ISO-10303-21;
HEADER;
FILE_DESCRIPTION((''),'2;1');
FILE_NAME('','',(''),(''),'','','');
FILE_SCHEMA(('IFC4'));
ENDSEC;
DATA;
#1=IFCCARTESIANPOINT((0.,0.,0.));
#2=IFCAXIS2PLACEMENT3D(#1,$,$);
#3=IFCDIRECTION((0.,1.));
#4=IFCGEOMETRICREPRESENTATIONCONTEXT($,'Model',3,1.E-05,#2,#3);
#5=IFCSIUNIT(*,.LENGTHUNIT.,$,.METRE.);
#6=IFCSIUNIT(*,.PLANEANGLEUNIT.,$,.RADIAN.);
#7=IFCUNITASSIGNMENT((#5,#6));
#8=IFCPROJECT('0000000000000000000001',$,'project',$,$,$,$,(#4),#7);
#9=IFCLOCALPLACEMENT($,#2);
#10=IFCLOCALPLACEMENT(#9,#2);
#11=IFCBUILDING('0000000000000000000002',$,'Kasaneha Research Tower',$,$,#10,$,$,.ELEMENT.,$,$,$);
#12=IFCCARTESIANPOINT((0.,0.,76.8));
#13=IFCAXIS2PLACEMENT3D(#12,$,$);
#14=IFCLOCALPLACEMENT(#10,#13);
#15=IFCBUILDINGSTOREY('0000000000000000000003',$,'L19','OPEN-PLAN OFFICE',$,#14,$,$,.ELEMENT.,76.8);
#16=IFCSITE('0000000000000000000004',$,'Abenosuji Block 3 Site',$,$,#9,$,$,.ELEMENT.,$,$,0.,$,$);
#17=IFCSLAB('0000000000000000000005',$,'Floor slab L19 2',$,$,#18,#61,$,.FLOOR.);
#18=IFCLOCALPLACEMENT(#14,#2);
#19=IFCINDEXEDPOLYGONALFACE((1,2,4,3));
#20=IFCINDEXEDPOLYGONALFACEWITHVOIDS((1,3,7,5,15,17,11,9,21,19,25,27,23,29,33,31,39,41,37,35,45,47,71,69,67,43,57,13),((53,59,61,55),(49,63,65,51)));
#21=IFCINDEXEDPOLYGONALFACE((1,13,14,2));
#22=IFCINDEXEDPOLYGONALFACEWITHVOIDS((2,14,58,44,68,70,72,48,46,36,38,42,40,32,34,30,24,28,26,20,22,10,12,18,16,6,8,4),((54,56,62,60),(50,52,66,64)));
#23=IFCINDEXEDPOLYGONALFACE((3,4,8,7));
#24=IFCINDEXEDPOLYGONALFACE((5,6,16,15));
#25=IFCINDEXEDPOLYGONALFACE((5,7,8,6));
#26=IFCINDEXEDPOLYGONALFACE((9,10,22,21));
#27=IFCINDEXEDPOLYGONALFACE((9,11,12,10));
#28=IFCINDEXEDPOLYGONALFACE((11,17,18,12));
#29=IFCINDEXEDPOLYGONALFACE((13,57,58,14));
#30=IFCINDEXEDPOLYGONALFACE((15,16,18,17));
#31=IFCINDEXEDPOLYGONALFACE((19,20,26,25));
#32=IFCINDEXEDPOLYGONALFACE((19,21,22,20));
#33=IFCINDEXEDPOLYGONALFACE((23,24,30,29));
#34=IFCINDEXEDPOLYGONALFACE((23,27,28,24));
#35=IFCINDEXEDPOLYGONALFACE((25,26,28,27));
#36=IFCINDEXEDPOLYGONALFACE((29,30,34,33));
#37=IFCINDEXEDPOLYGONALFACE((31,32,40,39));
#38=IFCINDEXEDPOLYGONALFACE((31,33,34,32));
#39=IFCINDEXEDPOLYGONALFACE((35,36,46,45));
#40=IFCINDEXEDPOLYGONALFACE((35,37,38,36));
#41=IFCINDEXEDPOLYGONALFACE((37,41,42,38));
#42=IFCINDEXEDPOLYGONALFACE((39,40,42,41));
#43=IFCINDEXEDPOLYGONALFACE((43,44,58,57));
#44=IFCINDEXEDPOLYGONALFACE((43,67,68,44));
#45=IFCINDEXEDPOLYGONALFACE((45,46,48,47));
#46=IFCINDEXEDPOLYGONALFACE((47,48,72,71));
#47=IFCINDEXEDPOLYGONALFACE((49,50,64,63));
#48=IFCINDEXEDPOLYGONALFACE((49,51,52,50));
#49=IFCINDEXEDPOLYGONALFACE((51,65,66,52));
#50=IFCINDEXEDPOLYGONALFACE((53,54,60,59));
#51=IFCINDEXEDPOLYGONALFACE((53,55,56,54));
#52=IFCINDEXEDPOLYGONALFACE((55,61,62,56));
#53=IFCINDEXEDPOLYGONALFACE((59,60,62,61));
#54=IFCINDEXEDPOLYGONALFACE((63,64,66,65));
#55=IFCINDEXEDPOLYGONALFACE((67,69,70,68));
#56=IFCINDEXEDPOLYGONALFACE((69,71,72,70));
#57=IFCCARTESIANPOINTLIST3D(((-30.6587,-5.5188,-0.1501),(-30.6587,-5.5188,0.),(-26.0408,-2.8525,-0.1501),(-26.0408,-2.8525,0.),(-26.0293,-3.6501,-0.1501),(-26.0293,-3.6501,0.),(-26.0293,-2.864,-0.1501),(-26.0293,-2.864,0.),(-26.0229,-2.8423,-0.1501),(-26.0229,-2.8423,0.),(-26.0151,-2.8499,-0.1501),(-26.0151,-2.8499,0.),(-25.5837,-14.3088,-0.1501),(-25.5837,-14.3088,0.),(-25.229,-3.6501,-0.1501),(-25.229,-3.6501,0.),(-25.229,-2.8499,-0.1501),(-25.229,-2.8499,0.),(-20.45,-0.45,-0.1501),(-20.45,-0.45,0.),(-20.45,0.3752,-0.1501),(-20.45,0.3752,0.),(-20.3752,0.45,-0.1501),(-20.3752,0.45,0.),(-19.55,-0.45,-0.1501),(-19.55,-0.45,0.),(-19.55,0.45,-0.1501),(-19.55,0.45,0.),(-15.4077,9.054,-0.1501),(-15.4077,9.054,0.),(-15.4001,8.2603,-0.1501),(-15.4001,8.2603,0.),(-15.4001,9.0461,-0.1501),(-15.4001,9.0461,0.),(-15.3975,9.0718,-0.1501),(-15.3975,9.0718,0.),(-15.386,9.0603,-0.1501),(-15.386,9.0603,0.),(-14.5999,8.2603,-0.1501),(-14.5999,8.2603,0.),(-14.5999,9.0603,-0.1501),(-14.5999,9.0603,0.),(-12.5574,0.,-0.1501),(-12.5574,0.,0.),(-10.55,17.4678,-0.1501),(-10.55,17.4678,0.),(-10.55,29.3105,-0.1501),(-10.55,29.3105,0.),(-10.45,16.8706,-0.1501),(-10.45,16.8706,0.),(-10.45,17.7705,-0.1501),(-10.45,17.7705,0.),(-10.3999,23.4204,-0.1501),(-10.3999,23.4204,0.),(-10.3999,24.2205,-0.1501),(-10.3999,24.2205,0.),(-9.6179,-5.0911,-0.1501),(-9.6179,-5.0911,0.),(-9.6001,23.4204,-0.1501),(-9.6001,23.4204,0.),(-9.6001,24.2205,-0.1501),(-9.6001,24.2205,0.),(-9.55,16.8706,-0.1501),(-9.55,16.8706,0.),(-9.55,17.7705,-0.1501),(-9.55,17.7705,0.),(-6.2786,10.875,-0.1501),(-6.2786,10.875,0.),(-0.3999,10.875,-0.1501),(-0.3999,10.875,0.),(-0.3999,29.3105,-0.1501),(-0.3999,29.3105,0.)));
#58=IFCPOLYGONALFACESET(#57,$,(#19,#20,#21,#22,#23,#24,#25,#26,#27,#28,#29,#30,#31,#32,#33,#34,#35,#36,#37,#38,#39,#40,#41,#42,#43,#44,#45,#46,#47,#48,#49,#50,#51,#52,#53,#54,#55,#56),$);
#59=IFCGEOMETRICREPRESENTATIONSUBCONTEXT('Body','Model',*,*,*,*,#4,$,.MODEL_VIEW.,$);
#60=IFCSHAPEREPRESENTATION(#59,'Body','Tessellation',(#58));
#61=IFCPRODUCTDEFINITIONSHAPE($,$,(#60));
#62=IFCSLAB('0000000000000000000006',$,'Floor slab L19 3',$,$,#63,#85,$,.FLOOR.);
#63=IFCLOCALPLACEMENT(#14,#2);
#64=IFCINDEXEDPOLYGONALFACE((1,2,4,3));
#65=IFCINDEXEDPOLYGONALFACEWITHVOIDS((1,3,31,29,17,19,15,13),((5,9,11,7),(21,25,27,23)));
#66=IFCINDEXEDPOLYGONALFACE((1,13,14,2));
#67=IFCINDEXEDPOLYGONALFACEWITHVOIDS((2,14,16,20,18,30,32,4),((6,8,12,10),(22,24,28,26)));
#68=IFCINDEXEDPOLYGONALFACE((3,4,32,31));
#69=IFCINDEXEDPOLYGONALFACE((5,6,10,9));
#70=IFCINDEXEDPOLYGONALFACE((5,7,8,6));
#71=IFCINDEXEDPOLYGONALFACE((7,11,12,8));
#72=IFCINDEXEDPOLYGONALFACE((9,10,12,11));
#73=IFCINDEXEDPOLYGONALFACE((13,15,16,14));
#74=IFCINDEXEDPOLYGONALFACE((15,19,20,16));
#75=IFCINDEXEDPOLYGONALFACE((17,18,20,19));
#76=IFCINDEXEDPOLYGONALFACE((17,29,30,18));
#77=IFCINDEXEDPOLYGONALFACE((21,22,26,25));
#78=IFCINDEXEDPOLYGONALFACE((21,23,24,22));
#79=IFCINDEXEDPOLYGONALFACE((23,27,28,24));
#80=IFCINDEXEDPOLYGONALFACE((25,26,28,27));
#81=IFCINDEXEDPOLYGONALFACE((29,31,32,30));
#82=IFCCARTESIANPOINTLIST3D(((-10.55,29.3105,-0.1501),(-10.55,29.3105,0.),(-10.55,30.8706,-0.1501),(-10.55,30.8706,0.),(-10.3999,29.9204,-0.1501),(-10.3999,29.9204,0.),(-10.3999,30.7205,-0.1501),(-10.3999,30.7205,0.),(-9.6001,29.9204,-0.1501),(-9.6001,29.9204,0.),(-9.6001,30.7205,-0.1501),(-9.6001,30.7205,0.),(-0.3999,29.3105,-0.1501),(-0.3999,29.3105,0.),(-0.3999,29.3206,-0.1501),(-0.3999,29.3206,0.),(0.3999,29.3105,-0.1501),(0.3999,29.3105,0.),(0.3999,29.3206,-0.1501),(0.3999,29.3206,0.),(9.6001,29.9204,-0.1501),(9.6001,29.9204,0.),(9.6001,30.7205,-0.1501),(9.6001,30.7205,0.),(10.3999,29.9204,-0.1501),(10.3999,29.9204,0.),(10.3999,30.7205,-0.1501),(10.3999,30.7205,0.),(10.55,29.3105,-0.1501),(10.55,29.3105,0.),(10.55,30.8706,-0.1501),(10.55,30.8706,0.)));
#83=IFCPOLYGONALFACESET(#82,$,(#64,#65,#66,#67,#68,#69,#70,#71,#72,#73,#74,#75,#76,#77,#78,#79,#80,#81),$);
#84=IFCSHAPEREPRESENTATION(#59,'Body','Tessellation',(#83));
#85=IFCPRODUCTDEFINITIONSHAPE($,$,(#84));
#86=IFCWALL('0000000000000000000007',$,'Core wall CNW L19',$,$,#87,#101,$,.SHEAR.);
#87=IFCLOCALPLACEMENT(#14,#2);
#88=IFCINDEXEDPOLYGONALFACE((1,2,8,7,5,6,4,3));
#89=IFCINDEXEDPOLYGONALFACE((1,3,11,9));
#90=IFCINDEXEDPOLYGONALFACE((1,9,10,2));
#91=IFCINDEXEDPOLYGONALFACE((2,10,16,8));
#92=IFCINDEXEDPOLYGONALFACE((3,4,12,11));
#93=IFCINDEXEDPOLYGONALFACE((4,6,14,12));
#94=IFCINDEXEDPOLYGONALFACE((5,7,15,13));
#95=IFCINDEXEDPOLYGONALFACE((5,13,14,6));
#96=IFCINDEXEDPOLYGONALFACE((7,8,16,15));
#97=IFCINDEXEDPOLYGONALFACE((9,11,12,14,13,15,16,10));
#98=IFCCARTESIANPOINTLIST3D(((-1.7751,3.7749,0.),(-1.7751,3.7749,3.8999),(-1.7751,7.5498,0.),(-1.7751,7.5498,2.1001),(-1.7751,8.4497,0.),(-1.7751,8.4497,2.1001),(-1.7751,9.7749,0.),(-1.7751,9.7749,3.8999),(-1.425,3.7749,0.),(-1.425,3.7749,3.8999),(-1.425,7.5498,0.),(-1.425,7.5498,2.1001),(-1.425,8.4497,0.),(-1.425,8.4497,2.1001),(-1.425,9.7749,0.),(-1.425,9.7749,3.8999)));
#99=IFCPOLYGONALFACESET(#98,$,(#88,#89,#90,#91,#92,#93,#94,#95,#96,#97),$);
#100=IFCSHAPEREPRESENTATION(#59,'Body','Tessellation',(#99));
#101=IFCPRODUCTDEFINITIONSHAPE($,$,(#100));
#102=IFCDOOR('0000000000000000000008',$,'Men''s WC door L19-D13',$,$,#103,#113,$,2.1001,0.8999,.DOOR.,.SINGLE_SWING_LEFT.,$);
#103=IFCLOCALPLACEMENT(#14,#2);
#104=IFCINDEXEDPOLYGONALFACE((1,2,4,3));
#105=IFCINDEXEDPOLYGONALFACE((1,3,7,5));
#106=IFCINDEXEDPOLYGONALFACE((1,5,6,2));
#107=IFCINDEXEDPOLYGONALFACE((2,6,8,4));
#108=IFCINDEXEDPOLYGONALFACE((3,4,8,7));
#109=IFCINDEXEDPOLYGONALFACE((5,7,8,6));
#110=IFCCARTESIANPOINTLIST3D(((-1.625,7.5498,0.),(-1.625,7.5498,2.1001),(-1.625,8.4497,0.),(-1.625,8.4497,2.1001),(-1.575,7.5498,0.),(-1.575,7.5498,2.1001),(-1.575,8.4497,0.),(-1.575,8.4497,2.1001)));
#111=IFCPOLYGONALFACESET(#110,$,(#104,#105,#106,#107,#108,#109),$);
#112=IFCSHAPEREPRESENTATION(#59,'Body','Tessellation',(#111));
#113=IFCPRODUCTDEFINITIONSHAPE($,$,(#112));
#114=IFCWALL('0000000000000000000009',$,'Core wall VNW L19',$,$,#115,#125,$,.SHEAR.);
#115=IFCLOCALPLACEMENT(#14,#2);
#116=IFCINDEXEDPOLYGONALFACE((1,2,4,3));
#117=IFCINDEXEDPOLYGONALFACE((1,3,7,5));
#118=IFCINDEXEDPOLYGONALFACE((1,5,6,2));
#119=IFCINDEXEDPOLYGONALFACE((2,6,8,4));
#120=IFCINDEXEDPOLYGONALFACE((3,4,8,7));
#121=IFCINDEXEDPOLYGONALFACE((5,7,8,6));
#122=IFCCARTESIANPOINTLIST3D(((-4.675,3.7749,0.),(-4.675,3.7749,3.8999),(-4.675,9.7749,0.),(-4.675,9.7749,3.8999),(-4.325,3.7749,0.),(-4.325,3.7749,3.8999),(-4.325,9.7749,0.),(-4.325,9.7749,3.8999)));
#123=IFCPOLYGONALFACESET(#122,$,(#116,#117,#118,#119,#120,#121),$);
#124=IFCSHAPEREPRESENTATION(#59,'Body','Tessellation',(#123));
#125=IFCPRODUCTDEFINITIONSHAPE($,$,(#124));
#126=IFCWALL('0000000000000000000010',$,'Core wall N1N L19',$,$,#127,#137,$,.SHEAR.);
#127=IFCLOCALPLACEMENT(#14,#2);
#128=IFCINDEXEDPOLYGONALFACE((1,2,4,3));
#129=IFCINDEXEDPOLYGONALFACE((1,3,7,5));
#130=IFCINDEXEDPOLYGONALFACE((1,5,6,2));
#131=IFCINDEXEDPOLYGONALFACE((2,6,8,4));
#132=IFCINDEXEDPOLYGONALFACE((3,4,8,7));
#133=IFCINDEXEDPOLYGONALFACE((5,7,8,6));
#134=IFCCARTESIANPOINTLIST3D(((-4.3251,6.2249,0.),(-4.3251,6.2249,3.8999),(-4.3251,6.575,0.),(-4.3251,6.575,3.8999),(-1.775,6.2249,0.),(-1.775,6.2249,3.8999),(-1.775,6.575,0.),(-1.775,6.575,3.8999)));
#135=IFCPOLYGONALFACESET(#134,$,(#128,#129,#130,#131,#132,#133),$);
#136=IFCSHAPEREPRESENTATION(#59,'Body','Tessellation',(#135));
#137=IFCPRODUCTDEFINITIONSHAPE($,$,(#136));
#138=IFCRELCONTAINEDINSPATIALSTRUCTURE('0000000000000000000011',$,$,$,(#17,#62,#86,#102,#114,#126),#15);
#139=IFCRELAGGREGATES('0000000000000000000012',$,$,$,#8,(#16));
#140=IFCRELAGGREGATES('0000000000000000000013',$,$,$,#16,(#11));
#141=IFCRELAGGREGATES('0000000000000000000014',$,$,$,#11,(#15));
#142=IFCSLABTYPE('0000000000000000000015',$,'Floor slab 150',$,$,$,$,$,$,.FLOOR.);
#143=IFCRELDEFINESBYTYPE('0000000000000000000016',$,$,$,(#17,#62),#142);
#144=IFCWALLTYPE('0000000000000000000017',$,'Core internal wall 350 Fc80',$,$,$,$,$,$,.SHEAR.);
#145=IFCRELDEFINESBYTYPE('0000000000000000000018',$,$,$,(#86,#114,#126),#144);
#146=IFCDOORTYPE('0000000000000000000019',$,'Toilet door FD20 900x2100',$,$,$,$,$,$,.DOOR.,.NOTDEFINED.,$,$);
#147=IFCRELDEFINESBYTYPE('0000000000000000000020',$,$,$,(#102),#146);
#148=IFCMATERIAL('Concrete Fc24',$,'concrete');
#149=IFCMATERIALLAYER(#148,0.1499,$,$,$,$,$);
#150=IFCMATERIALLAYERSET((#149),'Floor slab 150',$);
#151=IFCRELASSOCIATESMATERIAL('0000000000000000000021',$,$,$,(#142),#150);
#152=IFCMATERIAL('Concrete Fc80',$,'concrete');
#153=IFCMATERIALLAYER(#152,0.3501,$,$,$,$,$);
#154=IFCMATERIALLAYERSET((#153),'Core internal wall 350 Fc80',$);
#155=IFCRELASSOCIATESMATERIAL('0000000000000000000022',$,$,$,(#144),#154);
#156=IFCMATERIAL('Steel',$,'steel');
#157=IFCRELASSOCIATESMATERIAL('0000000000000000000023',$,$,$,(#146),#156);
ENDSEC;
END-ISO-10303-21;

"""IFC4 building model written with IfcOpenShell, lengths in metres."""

from ifc_helpers import new_model, si_unit, direction, frame, frame_2d, origin, place, context, subcontext, project, spatial, polyline, rectangle, outline, extrude, material, layer, layer_set, type_object, element, fill, save


model = new_model("IFC4")

# Units and contexts
model_context = context("Model", 3, precision=1e-05, world=origin(), true_north=direction((0.0, 1.0)))
body_context = subcontext(model_context, "Body", "Model", "MODEL_VIEW")
ifc_project = project(units=[si_unit("LENGTHUNIT", "METRE"), si_unit("PLANEANGLEUNIT", "RADIAN")], contexts=[model_context])

# Site, building, storey
site_placement = place(None, origin())
site = spatial("IfcSite", under=ifc_project, at=site_placement, Name="Abenosuji Block 3 Site", CompositionType="ELEMENT", RefElevation=0.0)
building_placement = place(site_placement, origin())
building = spatial("IfcBuilding", under=site, at=building_placement, Name="Kasaneha Research Tower", CompositionType="ELEMENT")
storey_placement = place(building_placement, frame((0.0, 0.0, 76.8)))
storey = spatial("IfcBuildingStorey", under=building, at=storey_placement, Name="L19", Description="OPEN-PLAN OFFICE", CompositionType="ELEMENT", Elevation=76.8)

# Slabs
ifc_material_1 = material(Name="Concrete Fc24", Category="concrete")
ifc_layer_1 = layer(ifc_material_1, 0.1499)
ifc_layer_set_1 = layer_set([ifc_layer_1], Name="Floor slab 150")
slab_type = type_object("IfcSlabType", Name="Floor slab 150", PredefinedType="FLOOR", material=ifc_layer_set_1)
slab_1_placement = place(storey_placement, frame((0.0, 0.0, -0.1501)))
element("IfcSlab", 1, at=slab_1_placement, inside=storey, type_object=slab_type, Name="Floor slab L19 2", PredefinedType="FLOOR", context=body_context, shape_type="SweptSolid", body=[
    extrude(outline(polyline([(-20.3752, 0.45), (-15.4077, 9.054), (-15.4001, 9.0461), (-15.4001, 8.2603), (-14.5999, 8.2603), (-14.5999, 9.0603), (-15.386, 9.0603), (-15.3975, 9.0718), (-10.55, 17.4678), (-10.55, 29.3105), (-0.3999, 29.3105), (-0.3999, 10.875), (-6.2786, 10.875), (-12.5574, 0.0), (-9.6179, -5.0911), (-25.5837, -14.3088), (-30.6587, -5.5188), (-26.0408, -2.8525), (-26.0293, -2.864), (-26.0293, -3.6501), (-25.229, -3.6501), (-25.229, -2.8499), (-26.0151, -2.8499), (-26.0229, -2.8423), (-20.45, 0.3752), (-20.45, -0.45), (-19.55, -0.45), (-19.55, 0.45), (-20.3752, 0.45)]), holes=[polyline([(-9.55, 17.7705), (-10.45, 17.7705), (-10.45, 16.8706), (-9.55, 16.8706), (-9.55, 17.7705)]), polyline([(-9.6001, 23.4204), (-9.6001, 24.2205), (-10.3999, 24.2205), (-10.3999, 23.4204), (-9.6001, 23.4204)])]), origin(), (0.0, 0.0, 1.0), 0.1501),
])
slab_2_placement = place(storey_placement, frame((0.0, 0.0, -0.1501)))
element("IfcSlab", 2, at=slab_2_placement, inside=storey, type_object=slab_type, Name="Floor slab L19 3", PredefinedType="FLOOR", context=body_context, shape_type="SweptSolid", body=[
    extrude(outline(polyline([(10.55, 29.3105), (0.3999, 29.3105), (0.3999, 29.3206), (-0.3999, 29.3206), (-0.3999, 29.3105), (-10.55, 29.3105), (-10.55, 30.8706), (10.55, 30.8706), (10.55, 29.3105)]), holes=[polyline([(-9.6001, 30.7205), (-10.3999, 30.7205), (-10.3999, 29.9204), (-9.6001, 29.9204), (-9.6001, 30.7205)]), polyline([(10.3999, 29.9204), (10.3999, 30.7205), (9.6001, 30.7205), (9.6001, 29.9204), (10.3999, 29.9204)])]), origin(), (0.0, 0.0, 1.0), 0.1501),
])

# Shared definitions
ifc_material_2 = material(Name="Concrete Fc80", Category="concrete")
ifc_layer_2 = layer(ifc_material_2, 0.3501)
ifc_layer_set_2 = layer_set([ifc_layer_2], Name="Core internal wall 350 Fc80")
wall_type_1 = type_object("IfcWallType", Name="Core internal wall 350 Fc80", PredefinedType="SHEAR", material=ifc_layer_set_2)

# Wall, opening, door
wall_1_placement = place(storey_placement, frame((-1.6001, 3.7749, 0.0), z_axis=(0.0, 0.0, 1.0), x_axis=(0.0, 1.0, 0.0)))
wall_1 = element("IfcWall", 3, at=wall_1_placement, inside=storey, type_object=wall_type_1, Name="Core wall CNW L19", PredefinedType="SHEAR", context=body_context, shape_type="SweptSolid", body=[
    extrude(rectangle(XDim=6.0, YDim=0.3501, at=frame_2d((3.0, 0.0))), origin(), (0.0, 0.0, 1.0), 3.8999),
])
opening_1_placement = place(wall_1_placement, frame((3.7749, 0.0, 0.0)))
opening_1 = element("IfcOpeningElement", 4, at=opening_1_placement, cuts=wall_1, PredefinedType="OPENING", context=body_context, shape_type="SweptSolid", body=[
    extrude(rectangle(XDim=0.8999, YDim=2.1001, at=frame_2d((0.45, 1.05))), frame((0.0, 0.1851, 0.0), z_axis=(0.0, -1.0, 0.0), x_axis=(1.0, 0.0, 0.0)), (0.0, 0.0, 1.0), 0.3701),
])
ifc_material_3 = material(Name="Steel", Category="steel")
door_type_1 = type_object("IfcDoorType", Name="Toilet door FD20 900x2100", OperationType="NOTDEFINED", PredefinedType="DOOR", material=ifc_material_3)
door_1_placement = place(opening_1_placement, origin())
door_1 = element("IfcDoor", 5, at=door_1_placement, inside=storey, type_object=door_type_1, Name="Men's WC door L19-D13", OperationType="SINGLE_SWING_LEFT", OverallHeight=2.1001, OverallWidth=0.8999, PredefinedType="DOOR", context=body_context, shape_type="SweptSolid", body=[
    extrude(rectangle(XDim=0.8999, YDim=2.1001, at=frame_2d((0.45, 1.05))), frame((0.0, 0.0249, 0.0), z_axis=(0.0, -1.0, 0.0), x_axis=(1.0, 0.0, 0.0)), (0.0, 0.0, 1.0), 0.05),
])
fill(opening_1, door_1)

# Walls
wall_2_placement = place(storey_placement, frame((-4.5, 3.7749, 0.0), z_axis=(0.0, 0.0, 1.0), x_axis=(0.0, 1.0, 0.0)))
element("IfcWall", 6, at=wall_2_placement, inside=storey, type_object=wall_type_1, Name="Core wall VNW L19", PredefinedType="SHEAR", context=body_context, shape_type="SweptSolid", body=[
    extrude(rectangle(XDim=6.0, YDim=0.3501, at=frame_2d((3.0, 0.0))), origin(), (0.0, 0.0, 1.0), 3.8999),
])
wall_3_placement = place(storey_placement, frame((-4.325, 6.3999, 0.0), z_axis=(0.0, 0.0, 1.0), x_axis=(1.0, 0.0, 0.0)))
element("IfcWall", 7, at=wall_3_placement, inside=storey, type_object=wall_type_1, Name="Core wall N1N L19", PredefinedType="SHEAR", context=body_context, shape_type="SweptSolid", body=[
    extrude(rectangle(XDim=2.55, YDim=0.3501, at=frame_2d((1.2749, 0.0))), origin(), (0.0, 0.0, 1.0), 3.8999),
])

save(model, "model.ifc")
